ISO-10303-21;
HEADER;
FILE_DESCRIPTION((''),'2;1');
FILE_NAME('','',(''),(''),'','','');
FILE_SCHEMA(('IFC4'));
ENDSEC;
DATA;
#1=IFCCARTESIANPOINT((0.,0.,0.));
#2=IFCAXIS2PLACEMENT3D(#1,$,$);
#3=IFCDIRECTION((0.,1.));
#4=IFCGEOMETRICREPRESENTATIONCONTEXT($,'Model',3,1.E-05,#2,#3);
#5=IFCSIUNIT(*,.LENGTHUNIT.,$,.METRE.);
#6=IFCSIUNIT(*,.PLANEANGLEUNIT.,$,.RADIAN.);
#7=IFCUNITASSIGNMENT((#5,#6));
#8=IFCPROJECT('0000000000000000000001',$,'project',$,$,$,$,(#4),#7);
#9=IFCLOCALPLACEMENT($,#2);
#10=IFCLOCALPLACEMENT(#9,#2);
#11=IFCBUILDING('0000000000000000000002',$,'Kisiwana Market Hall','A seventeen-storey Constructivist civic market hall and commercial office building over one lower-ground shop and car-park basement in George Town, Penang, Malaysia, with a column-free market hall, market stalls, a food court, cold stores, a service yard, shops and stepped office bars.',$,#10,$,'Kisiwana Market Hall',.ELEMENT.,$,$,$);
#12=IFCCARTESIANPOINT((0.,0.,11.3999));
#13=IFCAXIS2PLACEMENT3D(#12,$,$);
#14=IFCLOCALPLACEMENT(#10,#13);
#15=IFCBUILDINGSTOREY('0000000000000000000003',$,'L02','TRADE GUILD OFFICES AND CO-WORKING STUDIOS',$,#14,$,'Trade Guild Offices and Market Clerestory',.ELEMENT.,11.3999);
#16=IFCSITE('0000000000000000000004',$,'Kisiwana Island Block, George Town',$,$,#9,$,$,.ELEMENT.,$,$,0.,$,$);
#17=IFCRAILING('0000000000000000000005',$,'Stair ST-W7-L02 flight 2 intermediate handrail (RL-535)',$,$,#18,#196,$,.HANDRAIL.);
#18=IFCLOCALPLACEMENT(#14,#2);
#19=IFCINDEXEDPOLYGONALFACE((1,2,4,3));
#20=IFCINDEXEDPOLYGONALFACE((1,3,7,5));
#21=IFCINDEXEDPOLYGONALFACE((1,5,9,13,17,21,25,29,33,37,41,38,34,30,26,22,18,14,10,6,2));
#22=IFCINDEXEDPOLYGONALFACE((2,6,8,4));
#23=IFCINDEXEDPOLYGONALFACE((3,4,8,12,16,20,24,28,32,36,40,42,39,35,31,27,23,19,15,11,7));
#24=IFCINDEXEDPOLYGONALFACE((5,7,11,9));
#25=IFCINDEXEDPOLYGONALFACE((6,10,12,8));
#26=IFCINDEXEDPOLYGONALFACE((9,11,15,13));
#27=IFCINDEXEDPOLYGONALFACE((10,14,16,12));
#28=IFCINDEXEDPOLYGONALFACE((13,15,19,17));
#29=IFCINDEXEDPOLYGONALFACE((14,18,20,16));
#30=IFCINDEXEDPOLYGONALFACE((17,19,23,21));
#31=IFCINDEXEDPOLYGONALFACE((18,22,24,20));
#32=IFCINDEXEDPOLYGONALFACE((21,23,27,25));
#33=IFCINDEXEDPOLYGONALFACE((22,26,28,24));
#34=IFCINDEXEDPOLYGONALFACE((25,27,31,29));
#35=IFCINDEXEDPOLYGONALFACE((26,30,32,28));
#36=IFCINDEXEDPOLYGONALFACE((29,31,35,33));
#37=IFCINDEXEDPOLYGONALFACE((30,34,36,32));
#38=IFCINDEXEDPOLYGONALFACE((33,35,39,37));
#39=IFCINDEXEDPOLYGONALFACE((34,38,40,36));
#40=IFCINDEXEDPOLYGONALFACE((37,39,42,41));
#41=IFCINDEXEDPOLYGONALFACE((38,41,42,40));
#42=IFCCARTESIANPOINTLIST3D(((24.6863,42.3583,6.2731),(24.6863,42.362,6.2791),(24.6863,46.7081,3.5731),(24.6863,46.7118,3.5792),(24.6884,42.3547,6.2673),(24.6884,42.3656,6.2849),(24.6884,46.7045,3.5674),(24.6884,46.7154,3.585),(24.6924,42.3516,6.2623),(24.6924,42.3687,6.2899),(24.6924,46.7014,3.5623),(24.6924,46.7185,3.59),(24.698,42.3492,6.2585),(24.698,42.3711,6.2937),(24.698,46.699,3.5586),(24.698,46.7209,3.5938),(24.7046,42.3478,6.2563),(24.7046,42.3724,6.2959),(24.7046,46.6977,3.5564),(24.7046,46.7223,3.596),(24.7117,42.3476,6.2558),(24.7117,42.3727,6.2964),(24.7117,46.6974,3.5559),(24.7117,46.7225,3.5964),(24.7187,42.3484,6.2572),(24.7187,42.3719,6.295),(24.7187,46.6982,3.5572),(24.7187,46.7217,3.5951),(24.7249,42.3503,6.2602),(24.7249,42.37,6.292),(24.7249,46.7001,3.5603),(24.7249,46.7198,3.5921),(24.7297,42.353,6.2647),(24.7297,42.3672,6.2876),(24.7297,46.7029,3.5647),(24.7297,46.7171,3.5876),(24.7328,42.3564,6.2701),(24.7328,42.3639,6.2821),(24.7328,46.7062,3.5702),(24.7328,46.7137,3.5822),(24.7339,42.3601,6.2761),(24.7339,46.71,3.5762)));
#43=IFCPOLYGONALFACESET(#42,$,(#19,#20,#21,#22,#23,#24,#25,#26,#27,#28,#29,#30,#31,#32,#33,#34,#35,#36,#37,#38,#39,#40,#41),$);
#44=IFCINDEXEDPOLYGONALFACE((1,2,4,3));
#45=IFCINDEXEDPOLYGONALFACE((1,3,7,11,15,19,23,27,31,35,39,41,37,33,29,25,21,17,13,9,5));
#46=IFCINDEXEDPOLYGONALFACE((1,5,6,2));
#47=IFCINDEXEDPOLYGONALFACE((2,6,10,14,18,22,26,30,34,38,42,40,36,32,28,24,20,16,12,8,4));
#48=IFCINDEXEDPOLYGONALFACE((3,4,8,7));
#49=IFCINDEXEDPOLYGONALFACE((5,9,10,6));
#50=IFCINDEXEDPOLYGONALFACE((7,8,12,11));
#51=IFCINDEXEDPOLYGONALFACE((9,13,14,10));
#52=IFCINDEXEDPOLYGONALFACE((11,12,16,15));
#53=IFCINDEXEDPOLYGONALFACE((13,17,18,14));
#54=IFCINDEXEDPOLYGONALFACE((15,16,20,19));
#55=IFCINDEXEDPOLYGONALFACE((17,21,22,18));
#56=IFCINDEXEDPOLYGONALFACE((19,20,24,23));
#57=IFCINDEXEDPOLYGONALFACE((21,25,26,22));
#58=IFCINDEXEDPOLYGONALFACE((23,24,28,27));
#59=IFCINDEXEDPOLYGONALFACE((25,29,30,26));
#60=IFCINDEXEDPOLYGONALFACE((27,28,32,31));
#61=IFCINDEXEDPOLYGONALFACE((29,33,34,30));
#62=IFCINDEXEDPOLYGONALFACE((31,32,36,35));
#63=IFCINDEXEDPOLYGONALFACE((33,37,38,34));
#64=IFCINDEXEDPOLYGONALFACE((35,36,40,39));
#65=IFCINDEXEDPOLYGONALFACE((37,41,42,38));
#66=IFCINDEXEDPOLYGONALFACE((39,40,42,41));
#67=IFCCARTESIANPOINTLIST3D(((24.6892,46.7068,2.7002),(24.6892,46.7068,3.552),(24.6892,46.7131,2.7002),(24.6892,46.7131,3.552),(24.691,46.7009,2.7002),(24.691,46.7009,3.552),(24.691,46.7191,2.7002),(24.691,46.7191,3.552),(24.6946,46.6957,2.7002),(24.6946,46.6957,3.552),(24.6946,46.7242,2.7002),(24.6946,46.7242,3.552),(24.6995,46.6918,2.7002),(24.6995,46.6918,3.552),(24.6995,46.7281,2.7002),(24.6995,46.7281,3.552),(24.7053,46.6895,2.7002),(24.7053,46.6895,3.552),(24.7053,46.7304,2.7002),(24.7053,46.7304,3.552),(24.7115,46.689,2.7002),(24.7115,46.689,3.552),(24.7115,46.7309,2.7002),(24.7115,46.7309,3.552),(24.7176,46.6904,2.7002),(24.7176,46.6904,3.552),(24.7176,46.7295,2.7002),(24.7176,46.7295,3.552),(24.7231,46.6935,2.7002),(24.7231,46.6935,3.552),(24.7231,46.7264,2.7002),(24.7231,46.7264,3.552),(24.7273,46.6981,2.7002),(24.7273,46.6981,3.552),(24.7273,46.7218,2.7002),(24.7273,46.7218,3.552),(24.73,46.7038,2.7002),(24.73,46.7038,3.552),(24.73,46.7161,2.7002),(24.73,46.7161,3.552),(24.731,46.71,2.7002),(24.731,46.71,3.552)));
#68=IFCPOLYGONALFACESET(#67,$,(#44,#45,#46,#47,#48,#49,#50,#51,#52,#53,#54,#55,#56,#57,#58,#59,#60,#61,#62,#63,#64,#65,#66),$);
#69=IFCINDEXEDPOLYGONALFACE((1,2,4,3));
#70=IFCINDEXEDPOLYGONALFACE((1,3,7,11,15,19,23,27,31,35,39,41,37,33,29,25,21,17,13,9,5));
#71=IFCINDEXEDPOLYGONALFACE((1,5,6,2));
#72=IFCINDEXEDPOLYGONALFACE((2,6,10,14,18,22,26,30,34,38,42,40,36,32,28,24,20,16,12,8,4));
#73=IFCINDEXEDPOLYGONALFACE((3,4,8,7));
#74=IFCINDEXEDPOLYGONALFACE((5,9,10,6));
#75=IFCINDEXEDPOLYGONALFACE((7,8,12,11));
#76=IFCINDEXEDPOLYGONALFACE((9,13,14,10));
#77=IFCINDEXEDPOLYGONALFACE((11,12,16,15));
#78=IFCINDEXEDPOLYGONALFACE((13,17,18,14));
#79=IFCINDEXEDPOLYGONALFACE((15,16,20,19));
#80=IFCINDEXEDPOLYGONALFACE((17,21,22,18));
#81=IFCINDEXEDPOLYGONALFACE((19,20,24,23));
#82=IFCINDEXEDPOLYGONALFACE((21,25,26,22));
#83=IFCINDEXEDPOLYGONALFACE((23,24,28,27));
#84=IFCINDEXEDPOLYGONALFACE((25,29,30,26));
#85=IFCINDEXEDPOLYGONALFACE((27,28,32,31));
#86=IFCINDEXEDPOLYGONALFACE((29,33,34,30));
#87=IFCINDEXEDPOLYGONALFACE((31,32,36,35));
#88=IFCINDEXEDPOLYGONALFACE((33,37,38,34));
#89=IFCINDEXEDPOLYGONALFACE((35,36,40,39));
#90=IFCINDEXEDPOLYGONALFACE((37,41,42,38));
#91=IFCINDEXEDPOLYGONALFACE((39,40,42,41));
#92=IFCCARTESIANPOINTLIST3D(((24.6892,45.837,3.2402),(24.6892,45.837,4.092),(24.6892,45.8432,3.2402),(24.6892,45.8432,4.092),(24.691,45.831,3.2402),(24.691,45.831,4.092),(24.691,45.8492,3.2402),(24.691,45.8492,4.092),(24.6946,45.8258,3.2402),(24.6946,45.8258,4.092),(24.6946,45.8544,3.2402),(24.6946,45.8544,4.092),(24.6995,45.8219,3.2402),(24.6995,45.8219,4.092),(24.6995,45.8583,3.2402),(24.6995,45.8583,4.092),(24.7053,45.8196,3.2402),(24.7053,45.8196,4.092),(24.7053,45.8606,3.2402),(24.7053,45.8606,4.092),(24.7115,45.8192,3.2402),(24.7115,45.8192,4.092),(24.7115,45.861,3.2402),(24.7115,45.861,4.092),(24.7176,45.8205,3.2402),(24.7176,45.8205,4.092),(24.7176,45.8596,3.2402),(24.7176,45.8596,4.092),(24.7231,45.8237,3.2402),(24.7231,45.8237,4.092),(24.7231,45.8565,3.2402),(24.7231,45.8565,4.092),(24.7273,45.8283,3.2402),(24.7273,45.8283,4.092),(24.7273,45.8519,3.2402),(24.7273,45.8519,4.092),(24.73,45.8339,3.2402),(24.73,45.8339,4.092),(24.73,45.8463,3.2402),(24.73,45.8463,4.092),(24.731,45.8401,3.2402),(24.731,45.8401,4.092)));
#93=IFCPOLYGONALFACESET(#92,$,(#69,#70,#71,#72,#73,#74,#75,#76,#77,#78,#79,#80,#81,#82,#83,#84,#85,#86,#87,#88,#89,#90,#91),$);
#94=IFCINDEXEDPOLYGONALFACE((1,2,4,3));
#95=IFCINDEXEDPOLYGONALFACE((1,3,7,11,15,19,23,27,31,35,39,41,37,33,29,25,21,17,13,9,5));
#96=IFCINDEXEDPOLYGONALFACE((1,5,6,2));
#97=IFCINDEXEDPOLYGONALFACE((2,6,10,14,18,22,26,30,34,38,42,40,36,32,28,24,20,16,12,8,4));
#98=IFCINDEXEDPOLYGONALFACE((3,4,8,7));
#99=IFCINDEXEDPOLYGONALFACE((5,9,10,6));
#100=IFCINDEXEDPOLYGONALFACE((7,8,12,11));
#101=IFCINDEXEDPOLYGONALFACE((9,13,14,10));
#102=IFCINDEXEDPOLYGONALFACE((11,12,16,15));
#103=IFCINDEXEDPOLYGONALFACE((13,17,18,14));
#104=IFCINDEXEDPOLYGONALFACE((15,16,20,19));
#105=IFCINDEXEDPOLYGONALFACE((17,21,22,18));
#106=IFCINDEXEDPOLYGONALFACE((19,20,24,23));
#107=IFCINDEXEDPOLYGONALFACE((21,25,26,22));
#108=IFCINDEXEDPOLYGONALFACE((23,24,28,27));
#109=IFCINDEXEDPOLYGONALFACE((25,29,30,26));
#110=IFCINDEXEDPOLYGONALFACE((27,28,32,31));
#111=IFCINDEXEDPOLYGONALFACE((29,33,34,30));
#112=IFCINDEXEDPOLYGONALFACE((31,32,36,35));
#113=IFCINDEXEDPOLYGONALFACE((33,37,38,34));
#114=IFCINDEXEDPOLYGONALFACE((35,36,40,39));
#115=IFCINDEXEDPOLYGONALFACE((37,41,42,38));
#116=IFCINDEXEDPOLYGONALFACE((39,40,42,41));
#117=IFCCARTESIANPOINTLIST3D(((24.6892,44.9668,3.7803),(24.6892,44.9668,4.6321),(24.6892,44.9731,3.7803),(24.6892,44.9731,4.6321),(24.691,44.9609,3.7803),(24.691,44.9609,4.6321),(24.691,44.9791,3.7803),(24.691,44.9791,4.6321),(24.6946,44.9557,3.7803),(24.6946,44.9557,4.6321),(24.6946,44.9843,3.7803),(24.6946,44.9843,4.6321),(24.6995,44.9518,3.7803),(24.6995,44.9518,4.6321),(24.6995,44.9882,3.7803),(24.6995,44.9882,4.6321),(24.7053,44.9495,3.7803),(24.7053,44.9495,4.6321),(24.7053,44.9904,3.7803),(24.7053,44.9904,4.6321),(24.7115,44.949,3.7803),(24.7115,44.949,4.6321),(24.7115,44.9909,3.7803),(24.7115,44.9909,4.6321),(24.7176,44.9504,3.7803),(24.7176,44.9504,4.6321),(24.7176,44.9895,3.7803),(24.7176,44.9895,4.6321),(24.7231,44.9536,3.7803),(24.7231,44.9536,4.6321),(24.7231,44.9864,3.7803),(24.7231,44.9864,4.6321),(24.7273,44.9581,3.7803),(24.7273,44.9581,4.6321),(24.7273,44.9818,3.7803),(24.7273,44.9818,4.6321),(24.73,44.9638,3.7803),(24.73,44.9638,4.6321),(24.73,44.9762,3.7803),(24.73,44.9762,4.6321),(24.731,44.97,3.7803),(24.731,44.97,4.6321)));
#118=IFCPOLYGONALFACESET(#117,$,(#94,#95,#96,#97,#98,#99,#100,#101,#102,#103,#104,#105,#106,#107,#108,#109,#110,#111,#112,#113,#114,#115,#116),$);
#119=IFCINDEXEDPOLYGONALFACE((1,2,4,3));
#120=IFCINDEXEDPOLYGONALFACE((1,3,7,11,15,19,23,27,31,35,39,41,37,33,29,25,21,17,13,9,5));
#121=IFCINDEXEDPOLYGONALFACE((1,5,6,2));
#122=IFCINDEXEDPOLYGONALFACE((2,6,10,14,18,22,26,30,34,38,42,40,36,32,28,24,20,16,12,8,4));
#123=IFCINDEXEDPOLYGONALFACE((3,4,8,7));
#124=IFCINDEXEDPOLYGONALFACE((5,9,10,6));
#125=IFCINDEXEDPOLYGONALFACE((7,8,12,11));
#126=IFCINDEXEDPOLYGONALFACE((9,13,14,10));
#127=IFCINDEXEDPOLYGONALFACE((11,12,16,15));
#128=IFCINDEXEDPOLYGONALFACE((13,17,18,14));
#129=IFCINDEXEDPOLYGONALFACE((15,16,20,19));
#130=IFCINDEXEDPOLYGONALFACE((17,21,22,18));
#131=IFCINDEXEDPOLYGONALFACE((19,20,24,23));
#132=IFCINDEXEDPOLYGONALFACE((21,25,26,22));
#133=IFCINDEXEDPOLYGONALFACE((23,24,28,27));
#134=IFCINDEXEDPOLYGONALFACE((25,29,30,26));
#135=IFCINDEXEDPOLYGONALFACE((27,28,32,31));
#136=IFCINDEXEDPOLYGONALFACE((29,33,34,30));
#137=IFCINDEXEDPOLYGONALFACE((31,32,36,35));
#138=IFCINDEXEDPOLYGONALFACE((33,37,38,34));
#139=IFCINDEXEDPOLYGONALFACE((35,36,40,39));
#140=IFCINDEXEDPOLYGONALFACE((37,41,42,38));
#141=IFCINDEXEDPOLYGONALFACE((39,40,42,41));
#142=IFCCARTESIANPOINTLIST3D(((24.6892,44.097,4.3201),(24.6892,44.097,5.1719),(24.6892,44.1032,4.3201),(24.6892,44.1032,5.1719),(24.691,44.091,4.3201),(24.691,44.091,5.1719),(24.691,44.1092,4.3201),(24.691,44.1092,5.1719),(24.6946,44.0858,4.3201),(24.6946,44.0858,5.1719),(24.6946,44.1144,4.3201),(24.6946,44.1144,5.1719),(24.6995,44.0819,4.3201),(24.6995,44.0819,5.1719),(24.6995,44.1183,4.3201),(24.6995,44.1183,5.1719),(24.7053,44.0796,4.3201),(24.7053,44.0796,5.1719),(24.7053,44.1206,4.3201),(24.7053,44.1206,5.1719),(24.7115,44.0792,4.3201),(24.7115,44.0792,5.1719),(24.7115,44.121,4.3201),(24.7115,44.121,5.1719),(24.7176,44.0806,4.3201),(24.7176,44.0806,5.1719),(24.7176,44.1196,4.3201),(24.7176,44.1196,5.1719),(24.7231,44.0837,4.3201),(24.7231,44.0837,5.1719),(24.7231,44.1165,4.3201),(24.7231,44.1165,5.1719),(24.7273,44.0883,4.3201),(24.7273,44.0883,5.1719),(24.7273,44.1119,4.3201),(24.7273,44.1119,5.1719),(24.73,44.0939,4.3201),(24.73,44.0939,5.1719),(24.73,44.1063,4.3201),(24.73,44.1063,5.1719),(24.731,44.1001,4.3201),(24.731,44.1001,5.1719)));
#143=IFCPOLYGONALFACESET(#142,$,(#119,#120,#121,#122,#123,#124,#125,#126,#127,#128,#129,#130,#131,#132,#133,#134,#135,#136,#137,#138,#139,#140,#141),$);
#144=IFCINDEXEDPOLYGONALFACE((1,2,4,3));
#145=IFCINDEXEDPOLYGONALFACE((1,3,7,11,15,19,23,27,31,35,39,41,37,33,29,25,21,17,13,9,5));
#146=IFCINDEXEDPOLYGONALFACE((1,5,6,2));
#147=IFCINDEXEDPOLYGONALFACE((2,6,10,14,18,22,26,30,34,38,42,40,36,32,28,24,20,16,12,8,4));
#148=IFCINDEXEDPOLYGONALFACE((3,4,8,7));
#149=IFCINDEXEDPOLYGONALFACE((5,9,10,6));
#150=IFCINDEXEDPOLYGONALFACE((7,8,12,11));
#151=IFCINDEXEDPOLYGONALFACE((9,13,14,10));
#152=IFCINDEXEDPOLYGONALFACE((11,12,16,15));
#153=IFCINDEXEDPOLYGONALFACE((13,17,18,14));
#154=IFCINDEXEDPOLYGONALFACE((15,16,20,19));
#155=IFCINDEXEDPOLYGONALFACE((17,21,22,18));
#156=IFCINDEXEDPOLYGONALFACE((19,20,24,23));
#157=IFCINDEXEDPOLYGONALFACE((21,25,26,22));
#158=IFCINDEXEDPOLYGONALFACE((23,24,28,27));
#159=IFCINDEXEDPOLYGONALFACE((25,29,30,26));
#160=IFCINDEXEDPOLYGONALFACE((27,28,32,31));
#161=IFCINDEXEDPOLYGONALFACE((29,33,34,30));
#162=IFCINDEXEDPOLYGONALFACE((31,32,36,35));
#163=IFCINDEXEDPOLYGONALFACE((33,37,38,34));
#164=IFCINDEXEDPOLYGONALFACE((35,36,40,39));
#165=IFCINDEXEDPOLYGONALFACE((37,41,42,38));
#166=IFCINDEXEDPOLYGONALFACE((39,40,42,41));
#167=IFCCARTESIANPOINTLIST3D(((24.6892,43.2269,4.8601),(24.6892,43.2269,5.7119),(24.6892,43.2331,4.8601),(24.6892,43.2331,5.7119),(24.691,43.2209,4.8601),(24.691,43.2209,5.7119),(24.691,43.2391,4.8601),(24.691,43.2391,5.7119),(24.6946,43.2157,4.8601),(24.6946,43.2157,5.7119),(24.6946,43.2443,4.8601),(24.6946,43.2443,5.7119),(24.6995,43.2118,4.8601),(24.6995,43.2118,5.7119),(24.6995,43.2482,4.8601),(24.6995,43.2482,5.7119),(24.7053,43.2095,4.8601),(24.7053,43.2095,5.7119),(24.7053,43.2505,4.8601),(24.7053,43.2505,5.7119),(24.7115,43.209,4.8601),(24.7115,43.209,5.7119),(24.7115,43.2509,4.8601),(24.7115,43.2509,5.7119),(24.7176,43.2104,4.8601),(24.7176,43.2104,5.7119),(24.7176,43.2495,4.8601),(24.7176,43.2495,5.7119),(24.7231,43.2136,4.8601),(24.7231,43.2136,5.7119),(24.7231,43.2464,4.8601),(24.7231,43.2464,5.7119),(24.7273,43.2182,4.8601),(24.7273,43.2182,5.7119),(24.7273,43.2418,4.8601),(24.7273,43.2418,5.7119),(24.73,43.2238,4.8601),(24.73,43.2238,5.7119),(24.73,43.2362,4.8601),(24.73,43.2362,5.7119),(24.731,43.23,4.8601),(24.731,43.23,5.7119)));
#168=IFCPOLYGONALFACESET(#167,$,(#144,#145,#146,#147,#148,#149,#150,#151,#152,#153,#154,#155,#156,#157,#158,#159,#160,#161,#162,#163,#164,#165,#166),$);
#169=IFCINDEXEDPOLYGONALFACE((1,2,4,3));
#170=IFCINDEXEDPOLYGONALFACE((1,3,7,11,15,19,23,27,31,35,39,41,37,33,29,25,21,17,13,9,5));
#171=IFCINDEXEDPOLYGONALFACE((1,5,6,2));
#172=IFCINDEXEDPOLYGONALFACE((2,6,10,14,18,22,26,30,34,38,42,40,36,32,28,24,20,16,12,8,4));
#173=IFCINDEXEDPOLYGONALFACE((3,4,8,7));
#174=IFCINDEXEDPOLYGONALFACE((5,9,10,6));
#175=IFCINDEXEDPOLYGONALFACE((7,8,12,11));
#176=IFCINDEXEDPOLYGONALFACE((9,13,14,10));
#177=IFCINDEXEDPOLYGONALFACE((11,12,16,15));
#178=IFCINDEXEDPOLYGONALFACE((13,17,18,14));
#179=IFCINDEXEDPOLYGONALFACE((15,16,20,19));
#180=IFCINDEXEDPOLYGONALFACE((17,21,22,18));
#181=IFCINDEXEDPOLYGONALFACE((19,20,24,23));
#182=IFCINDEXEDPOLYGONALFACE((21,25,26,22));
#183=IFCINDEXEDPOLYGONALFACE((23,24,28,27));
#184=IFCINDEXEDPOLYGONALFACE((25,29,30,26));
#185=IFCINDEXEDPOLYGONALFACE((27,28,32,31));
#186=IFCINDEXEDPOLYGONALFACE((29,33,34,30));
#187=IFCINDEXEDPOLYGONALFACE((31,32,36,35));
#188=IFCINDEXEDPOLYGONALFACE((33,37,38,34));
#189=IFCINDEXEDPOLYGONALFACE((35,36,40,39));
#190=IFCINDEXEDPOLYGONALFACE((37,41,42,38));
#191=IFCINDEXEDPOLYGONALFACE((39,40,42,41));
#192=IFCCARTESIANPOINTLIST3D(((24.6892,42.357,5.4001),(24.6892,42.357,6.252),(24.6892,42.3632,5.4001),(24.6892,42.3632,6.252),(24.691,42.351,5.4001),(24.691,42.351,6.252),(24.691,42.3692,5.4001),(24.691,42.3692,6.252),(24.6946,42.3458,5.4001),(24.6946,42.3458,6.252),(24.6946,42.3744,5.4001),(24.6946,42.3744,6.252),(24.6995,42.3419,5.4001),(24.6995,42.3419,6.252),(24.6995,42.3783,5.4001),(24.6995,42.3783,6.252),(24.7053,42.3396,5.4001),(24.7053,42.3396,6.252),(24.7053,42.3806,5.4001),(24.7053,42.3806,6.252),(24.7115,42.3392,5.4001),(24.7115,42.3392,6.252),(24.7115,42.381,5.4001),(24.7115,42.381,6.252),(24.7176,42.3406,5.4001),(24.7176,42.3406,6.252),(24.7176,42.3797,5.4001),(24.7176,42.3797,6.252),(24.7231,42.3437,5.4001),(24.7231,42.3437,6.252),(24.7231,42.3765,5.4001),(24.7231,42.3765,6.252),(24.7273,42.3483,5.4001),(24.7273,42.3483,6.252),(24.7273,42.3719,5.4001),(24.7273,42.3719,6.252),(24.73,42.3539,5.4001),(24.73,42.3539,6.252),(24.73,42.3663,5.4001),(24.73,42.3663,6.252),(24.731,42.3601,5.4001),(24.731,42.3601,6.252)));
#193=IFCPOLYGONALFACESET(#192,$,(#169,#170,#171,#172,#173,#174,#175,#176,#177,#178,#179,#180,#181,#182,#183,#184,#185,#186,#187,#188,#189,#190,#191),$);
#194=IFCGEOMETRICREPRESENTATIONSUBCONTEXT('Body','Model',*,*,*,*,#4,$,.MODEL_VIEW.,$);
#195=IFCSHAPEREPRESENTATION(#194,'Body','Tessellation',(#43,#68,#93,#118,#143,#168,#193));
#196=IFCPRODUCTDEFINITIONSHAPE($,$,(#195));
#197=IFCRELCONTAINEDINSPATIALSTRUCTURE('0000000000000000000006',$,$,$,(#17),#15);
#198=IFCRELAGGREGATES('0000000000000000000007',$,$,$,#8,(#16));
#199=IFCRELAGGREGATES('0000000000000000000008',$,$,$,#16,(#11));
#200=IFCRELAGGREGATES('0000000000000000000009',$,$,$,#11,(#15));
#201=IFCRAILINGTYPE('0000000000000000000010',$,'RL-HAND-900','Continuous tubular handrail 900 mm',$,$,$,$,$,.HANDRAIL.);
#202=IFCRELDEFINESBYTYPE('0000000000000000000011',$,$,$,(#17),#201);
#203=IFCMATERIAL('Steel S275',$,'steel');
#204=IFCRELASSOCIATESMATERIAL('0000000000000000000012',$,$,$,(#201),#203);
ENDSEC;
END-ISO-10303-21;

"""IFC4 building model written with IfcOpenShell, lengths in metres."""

from ifc_helpers import new_model, si_unit, direction, frame, origin, origin_2d, place, context, subcontext, project, spatial, circle, extrude, material, type_object, element, save


model = new_model("IFC4")

# Units and contexts
model_context = context("Model", 3, precision=1e-05, world=origin(), true_north=direction((0.0, 1.0)))
body_context = subcontext(model_context, "Body", "Model", "MODEL_VIEW")
ifc_project = project(units=[si_unit("LENGTHUNIT", "METRE"), si_unit("PLANEANGLEUNIT", "RADIAN")], contexts=[model_context])

# Site, building, storey
site_placement = place(None, origin())
site = spatial("IfcSite", under=ifc_project, at=site_placement, Name="Kisiwana Island Block, George Town", CompositionType="ELEMENT", RefElevation=0.0)
building_placement = place(site_placement, origin())
building = spatial("IfcBuilding", under=site, at=building_placement, Name="Kisiwana Market Hall", Description="A seventeen-storey Constructivist civic market hall and commercial office building over one lower-ground shop and car-park basement in George Town, Penang, Malaysia, with a column-free market hall, market stalls, a food court, cold stores, a service yard, shops and stepped office bars.", LongName="Kisiwana Market Hall", CompositionType="ELEMENT")
storey_placement = place(building_placement, frame((0.0, 0.0, 11.3999)))
storey = spatial("IfcBuildingStorey", under=building, at=storey_placement, Name="L02", Description="TRADE GUILD OFFICES AND CO-WORKING STUDIOS", LongName="Trade Guild Offices and Market Clerestory", CompositionType="ELEMENT", Elevation=11.3999)

# Railing
ifc_material_1 = material(Name="Steel S275", Category="steel")
railing_type_1 = type_object("IfcRailingType", Name="RL-HAND-900", Description="Continuous tubular handrail 900 mm", PredefinedType="HANDRAIL", material=ifc_material_1)
for number, where, name in (
    (1, (24.71, 46.71, 2.7002), "Stair ST-W7-L02 flight 2 intermediate handrail (RL-535)"),
):
    element("IfcRailing", number, at=place(storey_placement, frame(where)), inside=storey, type_object=railing_type_1, Name=name, PredefinedType="HANDRAIL", context=body_context, shape_type="SweptSolid", body=[
        extrude(circle(Radius=0.0239, at=origin_2d()), frame((0.0, 0.0, 0.876), z_axis=(0.0, -0.849636, 0.527369), x_axis=(1.0, 0.0, 0.0)), (0.0, 0.0, 1.0), 5.1196),
        extrude(circle(Radius=0.021, at=origin_2d()), origin(), (0.0, 0.0, 1.0), 0.8518),
        extrude(circle(Radius=0.021, at=origin_2d()), frame((0.0, -0.8699, 0.54)), (0.0, 0.0, 1.0), 0.8518),
        extrude(circle(Radius=0.021, at=origin_2d()), frame((0.0, -1.74, 1.0801)), (0.0, 0.0, 1.0), 0.8518),
        extrude(circle(Radius=0.021, at=origin_2d()), frame((0.0, -2.6099, 1.6199)), (0.0, 0.0, 1.0), 0.8518),
        extrude(circle(Radius=0.021, at=origin_2d()), frame((0.0, -3.48, 2.1599)), (0.0, 0.0, 1.0), 0.8518),
        extrude(circle(Radius=0.021, at=origin_2d()), frame((0.0, -4.3499, 2.7)), (0.0, 0.0, 1.0), 0.8518),
    ])

save(model, "model.ifc")
